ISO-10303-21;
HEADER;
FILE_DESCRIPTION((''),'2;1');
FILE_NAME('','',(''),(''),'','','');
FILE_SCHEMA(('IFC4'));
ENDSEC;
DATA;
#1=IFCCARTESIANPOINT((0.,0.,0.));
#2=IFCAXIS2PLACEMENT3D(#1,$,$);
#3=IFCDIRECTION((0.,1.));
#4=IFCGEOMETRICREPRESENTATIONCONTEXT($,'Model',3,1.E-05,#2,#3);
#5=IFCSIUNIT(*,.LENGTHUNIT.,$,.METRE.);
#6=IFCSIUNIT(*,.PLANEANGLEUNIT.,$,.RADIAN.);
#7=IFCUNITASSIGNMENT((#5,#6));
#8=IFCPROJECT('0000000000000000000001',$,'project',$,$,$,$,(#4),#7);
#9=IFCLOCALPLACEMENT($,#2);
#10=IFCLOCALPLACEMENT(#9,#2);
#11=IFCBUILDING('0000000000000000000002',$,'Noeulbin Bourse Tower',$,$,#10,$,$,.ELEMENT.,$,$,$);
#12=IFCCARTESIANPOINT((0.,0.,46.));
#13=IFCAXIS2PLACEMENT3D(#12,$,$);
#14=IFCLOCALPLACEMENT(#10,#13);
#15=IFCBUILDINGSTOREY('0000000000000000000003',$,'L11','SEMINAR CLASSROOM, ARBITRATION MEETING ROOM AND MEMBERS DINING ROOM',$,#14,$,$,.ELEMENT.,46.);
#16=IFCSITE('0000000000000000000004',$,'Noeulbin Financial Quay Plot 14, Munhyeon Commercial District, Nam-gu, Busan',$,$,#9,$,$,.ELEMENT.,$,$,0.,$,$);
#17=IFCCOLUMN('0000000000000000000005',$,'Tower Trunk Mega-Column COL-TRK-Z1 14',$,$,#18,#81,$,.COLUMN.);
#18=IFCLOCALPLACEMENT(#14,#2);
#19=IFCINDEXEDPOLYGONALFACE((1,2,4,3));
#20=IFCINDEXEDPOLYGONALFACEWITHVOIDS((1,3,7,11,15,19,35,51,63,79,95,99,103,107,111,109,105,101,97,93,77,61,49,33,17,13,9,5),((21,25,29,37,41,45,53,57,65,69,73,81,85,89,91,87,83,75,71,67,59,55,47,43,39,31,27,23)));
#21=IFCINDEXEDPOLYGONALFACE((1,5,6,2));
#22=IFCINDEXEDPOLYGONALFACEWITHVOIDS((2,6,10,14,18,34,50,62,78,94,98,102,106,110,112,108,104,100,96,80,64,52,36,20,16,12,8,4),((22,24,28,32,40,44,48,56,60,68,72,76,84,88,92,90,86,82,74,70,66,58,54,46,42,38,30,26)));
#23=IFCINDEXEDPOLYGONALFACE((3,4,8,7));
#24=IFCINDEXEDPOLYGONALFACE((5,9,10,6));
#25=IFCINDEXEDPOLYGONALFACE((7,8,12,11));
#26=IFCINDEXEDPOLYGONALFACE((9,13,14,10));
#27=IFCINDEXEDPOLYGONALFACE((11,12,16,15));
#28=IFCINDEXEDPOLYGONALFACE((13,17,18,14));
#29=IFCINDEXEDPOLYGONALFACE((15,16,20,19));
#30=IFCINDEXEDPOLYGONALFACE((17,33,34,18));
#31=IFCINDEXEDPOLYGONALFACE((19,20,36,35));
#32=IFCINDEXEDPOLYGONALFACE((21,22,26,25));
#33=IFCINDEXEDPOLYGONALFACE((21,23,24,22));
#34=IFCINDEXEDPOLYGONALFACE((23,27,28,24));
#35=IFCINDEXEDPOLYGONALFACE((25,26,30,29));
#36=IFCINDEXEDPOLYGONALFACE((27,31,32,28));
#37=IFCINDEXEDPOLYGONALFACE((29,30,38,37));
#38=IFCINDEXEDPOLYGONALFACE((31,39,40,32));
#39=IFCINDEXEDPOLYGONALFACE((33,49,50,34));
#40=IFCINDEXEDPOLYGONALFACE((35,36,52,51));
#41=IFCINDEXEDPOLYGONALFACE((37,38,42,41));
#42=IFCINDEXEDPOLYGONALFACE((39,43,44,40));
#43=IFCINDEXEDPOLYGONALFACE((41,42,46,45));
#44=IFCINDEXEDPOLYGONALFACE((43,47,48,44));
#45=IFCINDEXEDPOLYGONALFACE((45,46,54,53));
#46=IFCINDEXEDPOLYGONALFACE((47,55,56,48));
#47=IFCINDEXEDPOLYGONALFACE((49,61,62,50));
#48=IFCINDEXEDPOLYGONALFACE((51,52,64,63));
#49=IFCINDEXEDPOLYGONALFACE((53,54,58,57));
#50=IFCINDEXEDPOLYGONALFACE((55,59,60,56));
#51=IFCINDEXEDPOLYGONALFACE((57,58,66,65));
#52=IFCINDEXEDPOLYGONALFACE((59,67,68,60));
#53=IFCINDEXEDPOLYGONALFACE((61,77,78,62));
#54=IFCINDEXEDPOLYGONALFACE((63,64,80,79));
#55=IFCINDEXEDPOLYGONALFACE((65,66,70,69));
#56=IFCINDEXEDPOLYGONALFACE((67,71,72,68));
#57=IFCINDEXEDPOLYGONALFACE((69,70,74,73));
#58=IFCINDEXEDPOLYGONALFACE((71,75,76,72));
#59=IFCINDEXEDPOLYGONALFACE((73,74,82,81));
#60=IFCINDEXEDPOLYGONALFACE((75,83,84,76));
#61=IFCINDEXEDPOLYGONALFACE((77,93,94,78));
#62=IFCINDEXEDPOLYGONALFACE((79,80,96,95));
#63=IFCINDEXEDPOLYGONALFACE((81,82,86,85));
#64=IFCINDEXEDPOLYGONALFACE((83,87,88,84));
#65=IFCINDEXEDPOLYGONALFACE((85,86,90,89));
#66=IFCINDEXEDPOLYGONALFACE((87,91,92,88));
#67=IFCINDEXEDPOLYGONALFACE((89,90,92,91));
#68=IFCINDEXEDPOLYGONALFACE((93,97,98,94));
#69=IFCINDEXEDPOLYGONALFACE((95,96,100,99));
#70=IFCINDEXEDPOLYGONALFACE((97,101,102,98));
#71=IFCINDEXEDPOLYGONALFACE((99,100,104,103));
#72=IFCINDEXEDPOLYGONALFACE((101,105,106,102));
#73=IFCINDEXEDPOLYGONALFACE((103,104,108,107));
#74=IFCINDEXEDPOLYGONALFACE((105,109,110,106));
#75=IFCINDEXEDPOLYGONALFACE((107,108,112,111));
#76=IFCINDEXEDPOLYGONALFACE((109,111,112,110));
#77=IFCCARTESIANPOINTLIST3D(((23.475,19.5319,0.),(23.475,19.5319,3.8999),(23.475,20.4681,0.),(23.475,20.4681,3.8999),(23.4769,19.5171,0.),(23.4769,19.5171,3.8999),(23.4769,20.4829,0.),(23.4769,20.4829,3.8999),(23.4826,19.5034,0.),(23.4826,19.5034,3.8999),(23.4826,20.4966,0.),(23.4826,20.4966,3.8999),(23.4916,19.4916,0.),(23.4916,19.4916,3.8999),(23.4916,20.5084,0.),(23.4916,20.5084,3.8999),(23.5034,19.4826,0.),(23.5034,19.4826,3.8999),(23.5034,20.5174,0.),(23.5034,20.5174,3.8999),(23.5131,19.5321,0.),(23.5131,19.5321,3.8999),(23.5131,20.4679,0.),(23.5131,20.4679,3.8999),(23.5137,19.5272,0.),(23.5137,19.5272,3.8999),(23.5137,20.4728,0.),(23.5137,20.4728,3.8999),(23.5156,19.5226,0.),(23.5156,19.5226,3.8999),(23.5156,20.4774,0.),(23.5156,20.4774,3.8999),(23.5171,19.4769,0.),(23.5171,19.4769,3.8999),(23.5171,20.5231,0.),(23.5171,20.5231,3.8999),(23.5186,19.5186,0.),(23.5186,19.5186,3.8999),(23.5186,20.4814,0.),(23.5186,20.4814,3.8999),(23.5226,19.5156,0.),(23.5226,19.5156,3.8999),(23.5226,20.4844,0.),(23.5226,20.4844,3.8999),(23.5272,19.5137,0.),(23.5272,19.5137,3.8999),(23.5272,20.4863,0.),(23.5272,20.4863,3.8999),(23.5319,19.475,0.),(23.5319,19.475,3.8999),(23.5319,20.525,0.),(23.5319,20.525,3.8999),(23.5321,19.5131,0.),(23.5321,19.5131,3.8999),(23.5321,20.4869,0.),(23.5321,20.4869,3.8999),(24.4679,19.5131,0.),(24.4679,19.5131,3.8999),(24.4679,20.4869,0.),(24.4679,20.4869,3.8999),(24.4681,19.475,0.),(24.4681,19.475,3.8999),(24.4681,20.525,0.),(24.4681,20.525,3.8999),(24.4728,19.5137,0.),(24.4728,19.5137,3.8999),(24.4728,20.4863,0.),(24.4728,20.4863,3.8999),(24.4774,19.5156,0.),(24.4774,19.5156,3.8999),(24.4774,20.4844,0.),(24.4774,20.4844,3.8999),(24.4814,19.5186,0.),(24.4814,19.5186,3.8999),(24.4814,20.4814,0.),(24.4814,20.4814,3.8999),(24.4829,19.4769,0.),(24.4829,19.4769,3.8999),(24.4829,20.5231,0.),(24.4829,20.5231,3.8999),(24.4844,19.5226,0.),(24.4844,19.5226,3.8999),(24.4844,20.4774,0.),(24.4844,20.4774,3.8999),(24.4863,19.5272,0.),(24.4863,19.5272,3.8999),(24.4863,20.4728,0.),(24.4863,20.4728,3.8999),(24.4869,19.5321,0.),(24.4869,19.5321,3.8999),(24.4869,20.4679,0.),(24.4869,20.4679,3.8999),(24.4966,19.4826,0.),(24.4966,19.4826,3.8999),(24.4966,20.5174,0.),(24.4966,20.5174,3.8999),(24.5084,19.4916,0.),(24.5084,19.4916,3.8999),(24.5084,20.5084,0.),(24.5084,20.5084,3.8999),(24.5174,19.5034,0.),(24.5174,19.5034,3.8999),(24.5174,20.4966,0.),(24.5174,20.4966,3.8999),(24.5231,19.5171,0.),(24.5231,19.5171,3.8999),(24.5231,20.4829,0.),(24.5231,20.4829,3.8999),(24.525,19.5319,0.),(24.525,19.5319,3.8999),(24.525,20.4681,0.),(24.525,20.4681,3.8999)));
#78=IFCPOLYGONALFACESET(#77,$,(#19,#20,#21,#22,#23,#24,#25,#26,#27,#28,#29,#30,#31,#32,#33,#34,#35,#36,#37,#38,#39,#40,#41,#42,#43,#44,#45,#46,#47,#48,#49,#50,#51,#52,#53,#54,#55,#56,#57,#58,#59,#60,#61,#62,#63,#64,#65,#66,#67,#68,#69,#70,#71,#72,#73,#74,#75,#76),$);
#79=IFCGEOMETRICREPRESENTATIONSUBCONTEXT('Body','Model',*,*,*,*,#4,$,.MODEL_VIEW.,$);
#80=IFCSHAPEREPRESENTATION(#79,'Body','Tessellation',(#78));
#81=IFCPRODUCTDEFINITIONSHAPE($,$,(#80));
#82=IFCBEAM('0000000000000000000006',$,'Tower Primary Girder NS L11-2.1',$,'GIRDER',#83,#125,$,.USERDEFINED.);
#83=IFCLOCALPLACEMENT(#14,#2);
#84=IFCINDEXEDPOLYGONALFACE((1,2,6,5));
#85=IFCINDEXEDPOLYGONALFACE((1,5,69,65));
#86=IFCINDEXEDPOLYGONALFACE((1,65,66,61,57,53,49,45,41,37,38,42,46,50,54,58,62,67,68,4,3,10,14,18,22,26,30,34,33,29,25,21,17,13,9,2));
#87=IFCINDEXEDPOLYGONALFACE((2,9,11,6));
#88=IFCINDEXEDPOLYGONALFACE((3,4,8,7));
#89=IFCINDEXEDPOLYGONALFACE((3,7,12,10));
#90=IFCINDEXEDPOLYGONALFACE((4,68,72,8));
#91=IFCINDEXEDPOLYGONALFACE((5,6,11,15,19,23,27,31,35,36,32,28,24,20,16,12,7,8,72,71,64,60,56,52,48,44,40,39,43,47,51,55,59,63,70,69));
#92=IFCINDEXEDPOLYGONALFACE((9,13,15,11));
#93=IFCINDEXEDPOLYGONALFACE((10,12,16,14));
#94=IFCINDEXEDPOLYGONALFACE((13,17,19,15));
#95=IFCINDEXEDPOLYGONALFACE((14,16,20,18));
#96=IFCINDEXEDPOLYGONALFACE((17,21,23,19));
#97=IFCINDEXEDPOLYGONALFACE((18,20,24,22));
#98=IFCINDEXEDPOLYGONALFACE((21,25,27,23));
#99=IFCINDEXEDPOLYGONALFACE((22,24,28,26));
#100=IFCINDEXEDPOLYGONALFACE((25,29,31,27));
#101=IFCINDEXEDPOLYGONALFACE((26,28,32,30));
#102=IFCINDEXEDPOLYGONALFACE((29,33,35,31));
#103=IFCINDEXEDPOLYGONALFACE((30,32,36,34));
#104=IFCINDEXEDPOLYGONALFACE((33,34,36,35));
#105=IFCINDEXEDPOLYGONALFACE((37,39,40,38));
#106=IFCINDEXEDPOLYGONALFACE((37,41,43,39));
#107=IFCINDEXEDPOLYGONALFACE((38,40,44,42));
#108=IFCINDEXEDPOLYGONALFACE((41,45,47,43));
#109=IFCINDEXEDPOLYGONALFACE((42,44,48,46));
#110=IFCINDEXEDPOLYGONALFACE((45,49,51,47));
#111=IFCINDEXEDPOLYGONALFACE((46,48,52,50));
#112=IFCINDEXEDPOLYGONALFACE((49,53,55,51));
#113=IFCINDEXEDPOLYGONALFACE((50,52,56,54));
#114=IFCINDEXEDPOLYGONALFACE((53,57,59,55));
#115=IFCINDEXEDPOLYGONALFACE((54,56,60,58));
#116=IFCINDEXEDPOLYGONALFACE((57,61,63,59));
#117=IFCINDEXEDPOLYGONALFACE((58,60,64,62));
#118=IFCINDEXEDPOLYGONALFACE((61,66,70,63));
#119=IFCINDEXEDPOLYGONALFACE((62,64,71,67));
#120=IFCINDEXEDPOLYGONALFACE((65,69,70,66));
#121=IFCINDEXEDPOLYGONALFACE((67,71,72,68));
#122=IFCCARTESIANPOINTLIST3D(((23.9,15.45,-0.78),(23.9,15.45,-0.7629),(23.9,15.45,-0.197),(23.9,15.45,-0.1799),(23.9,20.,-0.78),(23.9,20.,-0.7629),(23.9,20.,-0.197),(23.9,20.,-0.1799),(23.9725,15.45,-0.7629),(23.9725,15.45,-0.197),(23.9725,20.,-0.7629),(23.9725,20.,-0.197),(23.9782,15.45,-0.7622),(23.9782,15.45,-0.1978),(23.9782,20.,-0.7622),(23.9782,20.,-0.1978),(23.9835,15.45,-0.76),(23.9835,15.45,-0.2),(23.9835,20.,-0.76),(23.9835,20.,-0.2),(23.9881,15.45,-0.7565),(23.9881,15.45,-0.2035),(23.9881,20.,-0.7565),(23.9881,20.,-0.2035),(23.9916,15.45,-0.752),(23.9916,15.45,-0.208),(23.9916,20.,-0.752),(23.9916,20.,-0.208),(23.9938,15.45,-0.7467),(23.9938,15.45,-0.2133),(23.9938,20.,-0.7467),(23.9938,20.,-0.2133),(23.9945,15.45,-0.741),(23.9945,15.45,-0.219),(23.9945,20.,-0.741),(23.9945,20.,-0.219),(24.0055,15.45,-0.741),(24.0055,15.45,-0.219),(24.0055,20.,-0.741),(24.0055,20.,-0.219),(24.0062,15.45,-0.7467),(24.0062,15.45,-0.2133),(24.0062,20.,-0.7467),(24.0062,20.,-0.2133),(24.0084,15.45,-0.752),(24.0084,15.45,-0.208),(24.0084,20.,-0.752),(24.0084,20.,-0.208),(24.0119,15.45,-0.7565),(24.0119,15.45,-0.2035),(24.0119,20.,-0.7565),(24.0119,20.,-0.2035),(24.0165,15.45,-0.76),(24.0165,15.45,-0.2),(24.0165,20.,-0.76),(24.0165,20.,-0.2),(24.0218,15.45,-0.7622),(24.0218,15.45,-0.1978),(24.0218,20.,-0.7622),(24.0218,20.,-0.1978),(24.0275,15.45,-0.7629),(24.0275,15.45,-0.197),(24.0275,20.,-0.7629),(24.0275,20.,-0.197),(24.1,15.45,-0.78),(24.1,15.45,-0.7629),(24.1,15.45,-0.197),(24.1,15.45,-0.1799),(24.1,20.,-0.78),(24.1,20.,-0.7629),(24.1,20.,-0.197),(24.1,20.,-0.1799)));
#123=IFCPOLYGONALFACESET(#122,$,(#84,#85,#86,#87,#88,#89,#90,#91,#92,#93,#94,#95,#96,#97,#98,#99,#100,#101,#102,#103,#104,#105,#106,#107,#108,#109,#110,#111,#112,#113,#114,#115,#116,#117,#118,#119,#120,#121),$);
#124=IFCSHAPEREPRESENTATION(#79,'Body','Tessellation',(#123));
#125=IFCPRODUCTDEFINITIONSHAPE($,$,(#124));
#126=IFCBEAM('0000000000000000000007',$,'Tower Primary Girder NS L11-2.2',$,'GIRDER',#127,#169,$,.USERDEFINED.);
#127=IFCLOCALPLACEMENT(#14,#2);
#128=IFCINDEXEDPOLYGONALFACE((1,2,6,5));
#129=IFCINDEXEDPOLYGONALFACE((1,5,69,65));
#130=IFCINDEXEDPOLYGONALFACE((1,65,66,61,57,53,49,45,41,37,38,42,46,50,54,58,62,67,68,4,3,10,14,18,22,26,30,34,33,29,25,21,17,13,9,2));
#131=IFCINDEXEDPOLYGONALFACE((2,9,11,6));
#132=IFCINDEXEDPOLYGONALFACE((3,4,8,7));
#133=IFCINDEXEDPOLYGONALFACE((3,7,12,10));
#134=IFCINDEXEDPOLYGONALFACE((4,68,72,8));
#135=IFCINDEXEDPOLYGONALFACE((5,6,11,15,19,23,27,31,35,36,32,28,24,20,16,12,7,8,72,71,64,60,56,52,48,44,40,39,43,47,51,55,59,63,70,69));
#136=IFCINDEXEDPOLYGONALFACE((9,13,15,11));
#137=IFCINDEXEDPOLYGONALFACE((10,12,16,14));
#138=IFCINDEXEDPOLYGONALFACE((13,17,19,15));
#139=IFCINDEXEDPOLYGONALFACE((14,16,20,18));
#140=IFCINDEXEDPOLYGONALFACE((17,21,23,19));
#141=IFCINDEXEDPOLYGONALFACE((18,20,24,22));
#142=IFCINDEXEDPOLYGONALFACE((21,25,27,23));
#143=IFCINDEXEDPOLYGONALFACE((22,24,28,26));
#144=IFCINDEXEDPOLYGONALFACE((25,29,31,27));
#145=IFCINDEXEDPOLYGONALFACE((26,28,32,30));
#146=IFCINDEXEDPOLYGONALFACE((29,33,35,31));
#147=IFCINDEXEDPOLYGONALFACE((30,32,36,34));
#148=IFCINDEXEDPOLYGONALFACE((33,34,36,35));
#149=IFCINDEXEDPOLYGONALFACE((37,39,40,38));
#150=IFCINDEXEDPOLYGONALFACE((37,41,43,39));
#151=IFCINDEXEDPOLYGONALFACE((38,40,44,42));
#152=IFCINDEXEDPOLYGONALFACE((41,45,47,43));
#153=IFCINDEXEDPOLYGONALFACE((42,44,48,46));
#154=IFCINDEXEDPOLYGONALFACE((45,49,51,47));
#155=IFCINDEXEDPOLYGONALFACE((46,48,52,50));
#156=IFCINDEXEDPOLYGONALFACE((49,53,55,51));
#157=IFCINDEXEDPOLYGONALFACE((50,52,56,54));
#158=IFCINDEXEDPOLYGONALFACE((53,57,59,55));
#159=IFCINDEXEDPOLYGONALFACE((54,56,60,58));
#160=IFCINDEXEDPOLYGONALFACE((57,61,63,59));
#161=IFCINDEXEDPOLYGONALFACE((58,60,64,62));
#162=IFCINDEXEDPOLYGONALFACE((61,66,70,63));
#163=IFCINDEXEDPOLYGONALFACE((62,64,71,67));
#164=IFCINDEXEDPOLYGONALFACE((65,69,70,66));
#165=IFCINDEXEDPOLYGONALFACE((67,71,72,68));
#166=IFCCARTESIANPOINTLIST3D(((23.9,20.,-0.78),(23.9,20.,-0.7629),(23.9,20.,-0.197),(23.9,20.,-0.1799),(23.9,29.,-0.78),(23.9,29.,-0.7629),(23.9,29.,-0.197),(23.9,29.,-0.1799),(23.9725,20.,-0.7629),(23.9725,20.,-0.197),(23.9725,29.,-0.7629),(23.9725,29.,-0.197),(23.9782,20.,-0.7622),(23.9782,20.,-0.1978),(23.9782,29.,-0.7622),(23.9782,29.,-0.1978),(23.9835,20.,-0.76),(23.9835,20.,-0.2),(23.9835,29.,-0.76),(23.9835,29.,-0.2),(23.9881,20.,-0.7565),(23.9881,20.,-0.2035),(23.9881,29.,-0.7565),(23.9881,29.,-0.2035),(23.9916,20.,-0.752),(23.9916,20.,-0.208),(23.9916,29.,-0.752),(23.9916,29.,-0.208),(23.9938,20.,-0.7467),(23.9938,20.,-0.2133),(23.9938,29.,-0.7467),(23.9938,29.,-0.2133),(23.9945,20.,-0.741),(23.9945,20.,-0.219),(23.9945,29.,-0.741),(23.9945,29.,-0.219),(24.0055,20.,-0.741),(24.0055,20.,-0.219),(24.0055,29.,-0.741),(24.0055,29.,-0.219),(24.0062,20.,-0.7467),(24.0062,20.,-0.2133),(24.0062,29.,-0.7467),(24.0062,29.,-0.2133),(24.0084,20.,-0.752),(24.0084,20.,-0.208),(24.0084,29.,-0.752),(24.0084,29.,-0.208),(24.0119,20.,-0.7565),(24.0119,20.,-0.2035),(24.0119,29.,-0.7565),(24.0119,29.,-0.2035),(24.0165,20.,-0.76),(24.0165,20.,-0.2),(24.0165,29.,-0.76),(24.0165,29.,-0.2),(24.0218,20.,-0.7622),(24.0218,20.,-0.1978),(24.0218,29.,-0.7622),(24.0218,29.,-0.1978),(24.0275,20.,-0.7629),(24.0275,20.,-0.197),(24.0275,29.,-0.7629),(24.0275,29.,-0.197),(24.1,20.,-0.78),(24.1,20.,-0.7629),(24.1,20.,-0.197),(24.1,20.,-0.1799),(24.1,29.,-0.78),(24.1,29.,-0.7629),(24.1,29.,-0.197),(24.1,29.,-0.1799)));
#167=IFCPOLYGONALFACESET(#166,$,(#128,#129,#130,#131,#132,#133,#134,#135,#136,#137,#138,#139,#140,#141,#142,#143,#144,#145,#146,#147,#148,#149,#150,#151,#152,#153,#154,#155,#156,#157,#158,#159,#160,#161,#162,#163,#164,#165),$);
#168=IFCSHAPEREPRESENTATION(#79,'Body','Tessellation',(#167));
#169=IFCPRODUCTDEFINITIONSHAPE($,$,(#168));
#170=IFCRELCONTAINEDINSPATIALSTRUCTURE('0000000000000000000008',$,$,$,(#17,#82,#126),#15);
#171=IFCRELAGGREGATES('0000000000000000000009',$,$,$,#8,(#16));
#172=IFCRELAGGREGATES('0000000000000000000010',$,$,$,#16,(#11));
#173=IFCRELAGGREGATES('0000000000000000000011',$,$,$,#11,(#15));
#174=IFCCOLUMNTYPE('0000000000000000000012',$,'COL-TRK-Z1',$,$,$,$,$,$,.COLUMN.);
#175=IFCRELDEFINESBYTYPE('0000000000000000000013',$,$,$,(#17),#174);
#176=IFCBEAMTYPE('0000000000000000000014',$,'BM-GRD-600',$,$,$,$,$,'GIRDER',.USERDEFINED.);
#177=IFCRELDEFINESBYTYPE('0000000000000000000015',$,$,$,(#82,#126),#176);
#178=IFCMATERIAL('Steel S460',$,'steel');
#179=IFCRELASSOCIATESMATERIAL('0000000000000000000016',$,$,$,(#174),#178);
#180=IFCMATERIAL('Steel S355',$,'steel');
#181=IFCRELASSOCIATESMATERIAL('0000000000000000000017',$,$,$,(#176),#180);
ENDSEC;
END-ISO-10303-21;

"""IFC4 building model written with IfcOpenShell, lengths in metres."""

from ifc_helpers import new_model, si_unit, direction, frame, origin, origin_2d, place, context, subcontext, project, spatial, hollow_rectangle, i_section, extrude, material, material_profile, profile_set, type_object, element, save


model = new_model("IFC4")

# Units and contexts
model_context = context("Model", 3, precision=1e-05, world=origin(), true_north=direction((0.0, 1.0)))
body_context = subcontext(model_context, "Body", "Model", "MODEL_VIEW")
ifc_project = project(units=[si_unit("LENGTHUNIT", "METRE"), si_unit("PLANEANGLEUNIT", "RADIAN")], contexts=[model_context])

# Site, building, storey
site_placement = place(None, origin())
site = spatial("IfcSite", under=ifc_project, at=site_placement, Name="Noeulbin Financial Quay Plot 14, Munhyeon Commercial District, Nam-gu, Busan", CompositionType="ELEMENT", RefElevation=0.0)
building_placement = place(site_placement, origin())
building = spatial("IfcBuilding", under=site, at=building_placement, Name="Noeulbin Bourse Tower", CompositionType="ELEMENT")
storey_placement = place(building_placement, frame((0.0, 0.0, 46.0)))
storey = spatial("IfcBuildingStorey", under=building, at=storey_placement, Name="L11", Description="SEMINAR CLASSROOM, ARBITRATION MEETING ROOM AND MEMBERS DINING ROOM", CompositionType="ELEMENT", Elevation=46.0)

# Column
ifc_material_1 = material(Name="Steel S460", Category="steel")
ifc_material_profile_1 = material_profile(ifc_material_1, hollow_rectangle(XDim=1.05, YDim=1.05, WallThickness=0.0381, InnerFilletRadius=0.019, OuterFilletRadius=0.0569, at=origin_2d()), Name="BOX-1050x1050x38", Category="LoadBearing")
ifc_profile_set_1 = profile_set([ifc_material_profile_1], Name="Steel S460")
column_type = type_object("IfcColumnType", Name="COL-TRK-Z1", PredefinedType="COLUMN", material=ifc_profile_set_1)
column_placement = place(storey_placement, frame((24.0, 20.0, 0.0), z_axis=(0.0, 0.0, 1.0), x_axis=(1.0, 0.0, 0.0)))
element("IfcColumn", 1, at=column_placement, inside=storey, type_object=column_type, Name="Tower Trunk Mega-Column COL-TRK-Z1 14", PredefinedType="COLUMN", context=body_context, shape_type="SweptSolid", body=[
    extrude(hollow_rectangle(XDim=1.05, YDim=1.05, WallThickness=0.0381, InnerFilletRadius=0.019, OuterFilletRadius=0.0569, at=origin_2d()), origin(), (0.0, 0.0, 1.0), 3.8999),
])

# Beams
ifc_material_2 = material(Name="Steel S355", Category="steel")
ifc_material_profile_2 = material_profile(ifc_material_2, i_section(OverallWidth=0.2, OverallDepth=0.6001, WebThickness=0.011, FlangeThickness=0.0171, FilletRadius=0.022, at=origin_2d()), Name="H-600x200x11x17", Category="LoadBearing")
ifc_profile_set_2 = profile_set([ifc_material_profile_2], Name="Steel S355")
beam_type_1 = type_object("IfcBeamType", Name="BM-GRD-600", ElementType="GIRDER", PredefinedType="USERDEFINED", material=ifc_profile_set_2)
beam_1_placement = place(storey_placement, frame((24.0, 15.45, -0.48), z_axis=(0.0, 1.0, 0.0), x_axis=(-1.0, 0.0, 0.0)))
element("IfcBeam", 2, at=beam_1_placement, inside=storey, type_object=beam_type_1, Name="Tower Primary Girder NS L11-2.1", ObjectType="GIRDER", PredefinedType="USERDEFINED", context=body_context, shape_type="SweptSolid", body=[
    extrude(i_section(OverallWidth=0.2, OverallDepth=0.6001, WebThickness=0.011, FlangeThickness=0.0171, FilletRadius=0.022, at=origin_2d()), origin(), (0.0, 0.0, 1.0), 4.55),
])
beam_2_placement = place(storey_placement, frame((24.0, 20.0, -0.48), z_axis=(0.0, 1.0, 0.0), x_axis=(-1.0, 0.0, 0.0)))
element("IfcBeam", 3, at=beam_2_placement, inside=storey, type_object=beam_type_1, Name="Tower Primary Girder NS L11-2.2", ObjectType="GIRDER", PredefinedType="USERDEFINED", context=body_context, shape_type="SweptSolid", body=[
    extrude(i_section(OverallWidth=0.2, OverallDepth=0.6001, WebThickness=0.011, FlangeThickness=0.0171, FilletRadius=0.022, at=origin_2d()), origin(), (0.0, 0.0, 1.0), 9.0),
])

save(model, "model.ifc")
